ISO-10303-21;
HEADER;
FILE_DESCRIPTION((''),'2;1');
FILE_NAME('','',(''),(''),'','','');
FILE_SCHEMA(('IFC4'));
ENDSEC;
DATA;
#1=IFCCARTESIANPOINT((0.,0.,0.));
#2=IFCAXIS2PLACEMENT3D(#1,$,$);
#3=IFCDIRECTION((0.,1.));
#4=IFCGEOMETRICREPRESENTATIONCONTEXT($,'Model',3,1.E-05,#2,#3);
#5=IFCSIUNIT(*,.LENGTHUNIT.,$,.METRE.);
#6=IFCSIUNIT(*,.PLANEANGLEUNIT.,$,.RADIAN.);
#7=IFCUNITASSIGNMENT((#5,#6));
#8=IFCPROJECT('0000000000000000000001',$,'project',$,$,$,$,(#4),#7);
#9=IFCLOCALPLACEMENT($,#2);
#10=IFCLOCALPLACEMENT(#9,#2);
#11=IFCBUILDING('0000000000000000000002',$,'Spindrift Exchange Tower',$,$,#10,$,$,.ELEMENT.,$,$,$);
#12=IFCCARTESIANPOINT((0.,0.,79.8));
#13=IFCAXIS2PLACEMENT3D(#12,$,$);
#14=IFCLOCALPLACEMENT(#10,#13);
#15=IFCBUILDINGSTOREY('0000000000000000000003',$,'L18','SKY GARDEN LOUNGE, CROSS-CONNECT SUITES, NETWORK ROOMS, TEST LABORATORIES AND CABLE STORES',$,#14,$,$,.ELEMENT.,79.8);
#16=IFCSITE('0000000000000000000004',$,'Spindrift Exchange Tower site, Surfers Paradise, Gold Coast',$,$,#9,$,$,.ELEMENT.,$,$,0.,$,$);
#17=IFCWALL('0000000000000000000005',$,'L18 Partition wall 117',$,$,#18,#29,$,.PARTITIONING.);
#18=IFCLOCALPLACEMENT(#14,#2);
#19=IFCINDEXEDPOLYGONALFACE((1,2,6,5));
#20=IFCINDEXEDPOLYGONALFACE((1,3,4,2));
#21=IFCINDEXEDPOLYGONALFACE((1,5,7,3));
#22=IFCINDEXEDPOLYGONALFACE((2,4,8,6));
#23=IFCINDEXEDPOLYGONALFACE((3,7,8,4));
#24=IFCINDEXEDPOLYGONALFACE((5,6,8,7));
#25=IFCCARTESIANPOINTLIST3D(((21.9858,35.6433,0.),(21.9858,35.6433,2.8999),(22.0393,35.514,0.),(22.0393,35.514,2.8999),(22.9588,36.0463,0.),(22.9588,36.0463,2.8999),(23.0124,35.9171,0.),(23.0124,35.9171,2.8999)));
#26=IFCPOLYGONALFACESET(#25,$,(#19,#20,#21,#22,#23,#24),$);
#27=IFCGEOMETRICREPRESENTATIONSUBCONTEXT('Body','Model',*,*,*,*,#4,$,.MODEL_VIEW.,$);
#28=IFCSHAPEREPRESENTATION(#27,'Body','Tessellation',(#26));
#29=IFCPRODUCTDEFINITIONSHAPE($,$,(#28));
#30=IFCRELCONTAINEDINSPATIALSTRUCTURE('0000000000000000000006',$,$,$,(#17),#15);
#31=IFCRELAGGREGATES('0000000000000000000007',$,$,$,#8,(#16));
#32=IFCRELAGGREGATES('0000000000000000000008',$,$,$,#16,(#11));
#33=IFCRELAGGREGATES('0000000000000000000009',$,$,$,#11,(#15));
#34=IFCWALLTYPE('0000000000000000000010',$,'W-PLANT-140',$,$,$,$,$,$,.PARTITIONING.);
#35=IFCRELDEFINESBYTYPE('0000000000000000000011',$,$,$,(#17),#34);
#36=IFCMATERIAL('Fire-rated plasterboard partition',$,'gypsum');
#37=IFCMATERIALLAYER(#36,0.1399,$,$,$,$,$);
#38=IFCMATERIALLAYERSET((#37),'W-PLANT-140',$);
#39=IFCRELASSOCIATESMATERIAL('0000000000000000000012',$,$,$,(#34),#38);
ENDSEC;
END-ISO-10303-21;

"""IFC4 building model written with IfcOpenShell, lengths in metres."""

from ifc_helpers import new_model, si_unit, direction, frame, frame_2d, origin, place, context, subcontext, project, spatial, rectangle, extrude, material, layer, layer_set, type_object, element, save


model = new_model("IFC4")

# Units and contexts
model_context = context("Model", 3, precision=1e-05, world=origin(), true_north=direction((0.0, 1.0)))
body_context = subcontext(model_context, "Body", "Model", "MODEL_VIEW")
ifc_project = project(units=[si_unit("LENGTHUNIT", "METRE"), si_unit("PLANEANGLEUNIT", "RADIAN")], contexts=[model_context])

# Site, building, storey
site_placement = place(None, origin())
site = spatial("IfcSite", under=ifc_project, at=site_placement, Name="Spindrift Exchange Tower site, Surfers Paradise, Gold Coast", CompositionType="ELEMENT", RefElevation=0.0)
building_placement = place(site_placement, origin())
building = spatial("IfcBuilding", under=site, at=building_placement, Name="Spindrift Exchange Tower", CompositionType="ELEMENT")
storey_placement = place(building_placement, frame((0.0, 0.0, 79.8)))
storey = spatial("IfcBuildingStorey", under=building, at=storey_placement, Name="L18", Description="SKY GARDEN LOUNGE, CROSS-CONNECT SUITES, NETWORK ROOMS, TEST LABORATORIES AND CABLE STORES", CompositionType="ELEMENT", Elevation=79.8)

# Wall
ifc_material_1 = material(Name="Fire-rated plasterboard partition", Category="gypsum")
ifc_layer_1 = layer(ifc_material_1, 0.1399)
ifc_layer_set_1 = layer_set([ifc_layer_1], Name="W-PLANT-140")
wall_type_1 = type_object("IfcWallType", Name="W-PLANT-140", PredefinedType="PARTITIONING", material=ifc_layer_set_1)
wall_1_placement = place(storey_placement, frame((22.9856, 35.9817, 0.0), z_axis=(0.0, 0.0, 1.0), x_axis=(-0.923884, -0.382672, 0.0)))
element("IfcWall", 1, at=wall_1_placement, inside=storey, type_object=wall_type_1, Name="L18 Partition wall 117", PredefinedType="PARTITIONING", context=body_context, shape_type="SweptSolid", body=[
    extrude(rectangle(XDim=1.0532, YDim=0.1399, at=frame_2d((0.5266, 0.0))), origin(), (0.0, 0.0, 1.0), 2.8999),
])

save(model, "model.ifc")
